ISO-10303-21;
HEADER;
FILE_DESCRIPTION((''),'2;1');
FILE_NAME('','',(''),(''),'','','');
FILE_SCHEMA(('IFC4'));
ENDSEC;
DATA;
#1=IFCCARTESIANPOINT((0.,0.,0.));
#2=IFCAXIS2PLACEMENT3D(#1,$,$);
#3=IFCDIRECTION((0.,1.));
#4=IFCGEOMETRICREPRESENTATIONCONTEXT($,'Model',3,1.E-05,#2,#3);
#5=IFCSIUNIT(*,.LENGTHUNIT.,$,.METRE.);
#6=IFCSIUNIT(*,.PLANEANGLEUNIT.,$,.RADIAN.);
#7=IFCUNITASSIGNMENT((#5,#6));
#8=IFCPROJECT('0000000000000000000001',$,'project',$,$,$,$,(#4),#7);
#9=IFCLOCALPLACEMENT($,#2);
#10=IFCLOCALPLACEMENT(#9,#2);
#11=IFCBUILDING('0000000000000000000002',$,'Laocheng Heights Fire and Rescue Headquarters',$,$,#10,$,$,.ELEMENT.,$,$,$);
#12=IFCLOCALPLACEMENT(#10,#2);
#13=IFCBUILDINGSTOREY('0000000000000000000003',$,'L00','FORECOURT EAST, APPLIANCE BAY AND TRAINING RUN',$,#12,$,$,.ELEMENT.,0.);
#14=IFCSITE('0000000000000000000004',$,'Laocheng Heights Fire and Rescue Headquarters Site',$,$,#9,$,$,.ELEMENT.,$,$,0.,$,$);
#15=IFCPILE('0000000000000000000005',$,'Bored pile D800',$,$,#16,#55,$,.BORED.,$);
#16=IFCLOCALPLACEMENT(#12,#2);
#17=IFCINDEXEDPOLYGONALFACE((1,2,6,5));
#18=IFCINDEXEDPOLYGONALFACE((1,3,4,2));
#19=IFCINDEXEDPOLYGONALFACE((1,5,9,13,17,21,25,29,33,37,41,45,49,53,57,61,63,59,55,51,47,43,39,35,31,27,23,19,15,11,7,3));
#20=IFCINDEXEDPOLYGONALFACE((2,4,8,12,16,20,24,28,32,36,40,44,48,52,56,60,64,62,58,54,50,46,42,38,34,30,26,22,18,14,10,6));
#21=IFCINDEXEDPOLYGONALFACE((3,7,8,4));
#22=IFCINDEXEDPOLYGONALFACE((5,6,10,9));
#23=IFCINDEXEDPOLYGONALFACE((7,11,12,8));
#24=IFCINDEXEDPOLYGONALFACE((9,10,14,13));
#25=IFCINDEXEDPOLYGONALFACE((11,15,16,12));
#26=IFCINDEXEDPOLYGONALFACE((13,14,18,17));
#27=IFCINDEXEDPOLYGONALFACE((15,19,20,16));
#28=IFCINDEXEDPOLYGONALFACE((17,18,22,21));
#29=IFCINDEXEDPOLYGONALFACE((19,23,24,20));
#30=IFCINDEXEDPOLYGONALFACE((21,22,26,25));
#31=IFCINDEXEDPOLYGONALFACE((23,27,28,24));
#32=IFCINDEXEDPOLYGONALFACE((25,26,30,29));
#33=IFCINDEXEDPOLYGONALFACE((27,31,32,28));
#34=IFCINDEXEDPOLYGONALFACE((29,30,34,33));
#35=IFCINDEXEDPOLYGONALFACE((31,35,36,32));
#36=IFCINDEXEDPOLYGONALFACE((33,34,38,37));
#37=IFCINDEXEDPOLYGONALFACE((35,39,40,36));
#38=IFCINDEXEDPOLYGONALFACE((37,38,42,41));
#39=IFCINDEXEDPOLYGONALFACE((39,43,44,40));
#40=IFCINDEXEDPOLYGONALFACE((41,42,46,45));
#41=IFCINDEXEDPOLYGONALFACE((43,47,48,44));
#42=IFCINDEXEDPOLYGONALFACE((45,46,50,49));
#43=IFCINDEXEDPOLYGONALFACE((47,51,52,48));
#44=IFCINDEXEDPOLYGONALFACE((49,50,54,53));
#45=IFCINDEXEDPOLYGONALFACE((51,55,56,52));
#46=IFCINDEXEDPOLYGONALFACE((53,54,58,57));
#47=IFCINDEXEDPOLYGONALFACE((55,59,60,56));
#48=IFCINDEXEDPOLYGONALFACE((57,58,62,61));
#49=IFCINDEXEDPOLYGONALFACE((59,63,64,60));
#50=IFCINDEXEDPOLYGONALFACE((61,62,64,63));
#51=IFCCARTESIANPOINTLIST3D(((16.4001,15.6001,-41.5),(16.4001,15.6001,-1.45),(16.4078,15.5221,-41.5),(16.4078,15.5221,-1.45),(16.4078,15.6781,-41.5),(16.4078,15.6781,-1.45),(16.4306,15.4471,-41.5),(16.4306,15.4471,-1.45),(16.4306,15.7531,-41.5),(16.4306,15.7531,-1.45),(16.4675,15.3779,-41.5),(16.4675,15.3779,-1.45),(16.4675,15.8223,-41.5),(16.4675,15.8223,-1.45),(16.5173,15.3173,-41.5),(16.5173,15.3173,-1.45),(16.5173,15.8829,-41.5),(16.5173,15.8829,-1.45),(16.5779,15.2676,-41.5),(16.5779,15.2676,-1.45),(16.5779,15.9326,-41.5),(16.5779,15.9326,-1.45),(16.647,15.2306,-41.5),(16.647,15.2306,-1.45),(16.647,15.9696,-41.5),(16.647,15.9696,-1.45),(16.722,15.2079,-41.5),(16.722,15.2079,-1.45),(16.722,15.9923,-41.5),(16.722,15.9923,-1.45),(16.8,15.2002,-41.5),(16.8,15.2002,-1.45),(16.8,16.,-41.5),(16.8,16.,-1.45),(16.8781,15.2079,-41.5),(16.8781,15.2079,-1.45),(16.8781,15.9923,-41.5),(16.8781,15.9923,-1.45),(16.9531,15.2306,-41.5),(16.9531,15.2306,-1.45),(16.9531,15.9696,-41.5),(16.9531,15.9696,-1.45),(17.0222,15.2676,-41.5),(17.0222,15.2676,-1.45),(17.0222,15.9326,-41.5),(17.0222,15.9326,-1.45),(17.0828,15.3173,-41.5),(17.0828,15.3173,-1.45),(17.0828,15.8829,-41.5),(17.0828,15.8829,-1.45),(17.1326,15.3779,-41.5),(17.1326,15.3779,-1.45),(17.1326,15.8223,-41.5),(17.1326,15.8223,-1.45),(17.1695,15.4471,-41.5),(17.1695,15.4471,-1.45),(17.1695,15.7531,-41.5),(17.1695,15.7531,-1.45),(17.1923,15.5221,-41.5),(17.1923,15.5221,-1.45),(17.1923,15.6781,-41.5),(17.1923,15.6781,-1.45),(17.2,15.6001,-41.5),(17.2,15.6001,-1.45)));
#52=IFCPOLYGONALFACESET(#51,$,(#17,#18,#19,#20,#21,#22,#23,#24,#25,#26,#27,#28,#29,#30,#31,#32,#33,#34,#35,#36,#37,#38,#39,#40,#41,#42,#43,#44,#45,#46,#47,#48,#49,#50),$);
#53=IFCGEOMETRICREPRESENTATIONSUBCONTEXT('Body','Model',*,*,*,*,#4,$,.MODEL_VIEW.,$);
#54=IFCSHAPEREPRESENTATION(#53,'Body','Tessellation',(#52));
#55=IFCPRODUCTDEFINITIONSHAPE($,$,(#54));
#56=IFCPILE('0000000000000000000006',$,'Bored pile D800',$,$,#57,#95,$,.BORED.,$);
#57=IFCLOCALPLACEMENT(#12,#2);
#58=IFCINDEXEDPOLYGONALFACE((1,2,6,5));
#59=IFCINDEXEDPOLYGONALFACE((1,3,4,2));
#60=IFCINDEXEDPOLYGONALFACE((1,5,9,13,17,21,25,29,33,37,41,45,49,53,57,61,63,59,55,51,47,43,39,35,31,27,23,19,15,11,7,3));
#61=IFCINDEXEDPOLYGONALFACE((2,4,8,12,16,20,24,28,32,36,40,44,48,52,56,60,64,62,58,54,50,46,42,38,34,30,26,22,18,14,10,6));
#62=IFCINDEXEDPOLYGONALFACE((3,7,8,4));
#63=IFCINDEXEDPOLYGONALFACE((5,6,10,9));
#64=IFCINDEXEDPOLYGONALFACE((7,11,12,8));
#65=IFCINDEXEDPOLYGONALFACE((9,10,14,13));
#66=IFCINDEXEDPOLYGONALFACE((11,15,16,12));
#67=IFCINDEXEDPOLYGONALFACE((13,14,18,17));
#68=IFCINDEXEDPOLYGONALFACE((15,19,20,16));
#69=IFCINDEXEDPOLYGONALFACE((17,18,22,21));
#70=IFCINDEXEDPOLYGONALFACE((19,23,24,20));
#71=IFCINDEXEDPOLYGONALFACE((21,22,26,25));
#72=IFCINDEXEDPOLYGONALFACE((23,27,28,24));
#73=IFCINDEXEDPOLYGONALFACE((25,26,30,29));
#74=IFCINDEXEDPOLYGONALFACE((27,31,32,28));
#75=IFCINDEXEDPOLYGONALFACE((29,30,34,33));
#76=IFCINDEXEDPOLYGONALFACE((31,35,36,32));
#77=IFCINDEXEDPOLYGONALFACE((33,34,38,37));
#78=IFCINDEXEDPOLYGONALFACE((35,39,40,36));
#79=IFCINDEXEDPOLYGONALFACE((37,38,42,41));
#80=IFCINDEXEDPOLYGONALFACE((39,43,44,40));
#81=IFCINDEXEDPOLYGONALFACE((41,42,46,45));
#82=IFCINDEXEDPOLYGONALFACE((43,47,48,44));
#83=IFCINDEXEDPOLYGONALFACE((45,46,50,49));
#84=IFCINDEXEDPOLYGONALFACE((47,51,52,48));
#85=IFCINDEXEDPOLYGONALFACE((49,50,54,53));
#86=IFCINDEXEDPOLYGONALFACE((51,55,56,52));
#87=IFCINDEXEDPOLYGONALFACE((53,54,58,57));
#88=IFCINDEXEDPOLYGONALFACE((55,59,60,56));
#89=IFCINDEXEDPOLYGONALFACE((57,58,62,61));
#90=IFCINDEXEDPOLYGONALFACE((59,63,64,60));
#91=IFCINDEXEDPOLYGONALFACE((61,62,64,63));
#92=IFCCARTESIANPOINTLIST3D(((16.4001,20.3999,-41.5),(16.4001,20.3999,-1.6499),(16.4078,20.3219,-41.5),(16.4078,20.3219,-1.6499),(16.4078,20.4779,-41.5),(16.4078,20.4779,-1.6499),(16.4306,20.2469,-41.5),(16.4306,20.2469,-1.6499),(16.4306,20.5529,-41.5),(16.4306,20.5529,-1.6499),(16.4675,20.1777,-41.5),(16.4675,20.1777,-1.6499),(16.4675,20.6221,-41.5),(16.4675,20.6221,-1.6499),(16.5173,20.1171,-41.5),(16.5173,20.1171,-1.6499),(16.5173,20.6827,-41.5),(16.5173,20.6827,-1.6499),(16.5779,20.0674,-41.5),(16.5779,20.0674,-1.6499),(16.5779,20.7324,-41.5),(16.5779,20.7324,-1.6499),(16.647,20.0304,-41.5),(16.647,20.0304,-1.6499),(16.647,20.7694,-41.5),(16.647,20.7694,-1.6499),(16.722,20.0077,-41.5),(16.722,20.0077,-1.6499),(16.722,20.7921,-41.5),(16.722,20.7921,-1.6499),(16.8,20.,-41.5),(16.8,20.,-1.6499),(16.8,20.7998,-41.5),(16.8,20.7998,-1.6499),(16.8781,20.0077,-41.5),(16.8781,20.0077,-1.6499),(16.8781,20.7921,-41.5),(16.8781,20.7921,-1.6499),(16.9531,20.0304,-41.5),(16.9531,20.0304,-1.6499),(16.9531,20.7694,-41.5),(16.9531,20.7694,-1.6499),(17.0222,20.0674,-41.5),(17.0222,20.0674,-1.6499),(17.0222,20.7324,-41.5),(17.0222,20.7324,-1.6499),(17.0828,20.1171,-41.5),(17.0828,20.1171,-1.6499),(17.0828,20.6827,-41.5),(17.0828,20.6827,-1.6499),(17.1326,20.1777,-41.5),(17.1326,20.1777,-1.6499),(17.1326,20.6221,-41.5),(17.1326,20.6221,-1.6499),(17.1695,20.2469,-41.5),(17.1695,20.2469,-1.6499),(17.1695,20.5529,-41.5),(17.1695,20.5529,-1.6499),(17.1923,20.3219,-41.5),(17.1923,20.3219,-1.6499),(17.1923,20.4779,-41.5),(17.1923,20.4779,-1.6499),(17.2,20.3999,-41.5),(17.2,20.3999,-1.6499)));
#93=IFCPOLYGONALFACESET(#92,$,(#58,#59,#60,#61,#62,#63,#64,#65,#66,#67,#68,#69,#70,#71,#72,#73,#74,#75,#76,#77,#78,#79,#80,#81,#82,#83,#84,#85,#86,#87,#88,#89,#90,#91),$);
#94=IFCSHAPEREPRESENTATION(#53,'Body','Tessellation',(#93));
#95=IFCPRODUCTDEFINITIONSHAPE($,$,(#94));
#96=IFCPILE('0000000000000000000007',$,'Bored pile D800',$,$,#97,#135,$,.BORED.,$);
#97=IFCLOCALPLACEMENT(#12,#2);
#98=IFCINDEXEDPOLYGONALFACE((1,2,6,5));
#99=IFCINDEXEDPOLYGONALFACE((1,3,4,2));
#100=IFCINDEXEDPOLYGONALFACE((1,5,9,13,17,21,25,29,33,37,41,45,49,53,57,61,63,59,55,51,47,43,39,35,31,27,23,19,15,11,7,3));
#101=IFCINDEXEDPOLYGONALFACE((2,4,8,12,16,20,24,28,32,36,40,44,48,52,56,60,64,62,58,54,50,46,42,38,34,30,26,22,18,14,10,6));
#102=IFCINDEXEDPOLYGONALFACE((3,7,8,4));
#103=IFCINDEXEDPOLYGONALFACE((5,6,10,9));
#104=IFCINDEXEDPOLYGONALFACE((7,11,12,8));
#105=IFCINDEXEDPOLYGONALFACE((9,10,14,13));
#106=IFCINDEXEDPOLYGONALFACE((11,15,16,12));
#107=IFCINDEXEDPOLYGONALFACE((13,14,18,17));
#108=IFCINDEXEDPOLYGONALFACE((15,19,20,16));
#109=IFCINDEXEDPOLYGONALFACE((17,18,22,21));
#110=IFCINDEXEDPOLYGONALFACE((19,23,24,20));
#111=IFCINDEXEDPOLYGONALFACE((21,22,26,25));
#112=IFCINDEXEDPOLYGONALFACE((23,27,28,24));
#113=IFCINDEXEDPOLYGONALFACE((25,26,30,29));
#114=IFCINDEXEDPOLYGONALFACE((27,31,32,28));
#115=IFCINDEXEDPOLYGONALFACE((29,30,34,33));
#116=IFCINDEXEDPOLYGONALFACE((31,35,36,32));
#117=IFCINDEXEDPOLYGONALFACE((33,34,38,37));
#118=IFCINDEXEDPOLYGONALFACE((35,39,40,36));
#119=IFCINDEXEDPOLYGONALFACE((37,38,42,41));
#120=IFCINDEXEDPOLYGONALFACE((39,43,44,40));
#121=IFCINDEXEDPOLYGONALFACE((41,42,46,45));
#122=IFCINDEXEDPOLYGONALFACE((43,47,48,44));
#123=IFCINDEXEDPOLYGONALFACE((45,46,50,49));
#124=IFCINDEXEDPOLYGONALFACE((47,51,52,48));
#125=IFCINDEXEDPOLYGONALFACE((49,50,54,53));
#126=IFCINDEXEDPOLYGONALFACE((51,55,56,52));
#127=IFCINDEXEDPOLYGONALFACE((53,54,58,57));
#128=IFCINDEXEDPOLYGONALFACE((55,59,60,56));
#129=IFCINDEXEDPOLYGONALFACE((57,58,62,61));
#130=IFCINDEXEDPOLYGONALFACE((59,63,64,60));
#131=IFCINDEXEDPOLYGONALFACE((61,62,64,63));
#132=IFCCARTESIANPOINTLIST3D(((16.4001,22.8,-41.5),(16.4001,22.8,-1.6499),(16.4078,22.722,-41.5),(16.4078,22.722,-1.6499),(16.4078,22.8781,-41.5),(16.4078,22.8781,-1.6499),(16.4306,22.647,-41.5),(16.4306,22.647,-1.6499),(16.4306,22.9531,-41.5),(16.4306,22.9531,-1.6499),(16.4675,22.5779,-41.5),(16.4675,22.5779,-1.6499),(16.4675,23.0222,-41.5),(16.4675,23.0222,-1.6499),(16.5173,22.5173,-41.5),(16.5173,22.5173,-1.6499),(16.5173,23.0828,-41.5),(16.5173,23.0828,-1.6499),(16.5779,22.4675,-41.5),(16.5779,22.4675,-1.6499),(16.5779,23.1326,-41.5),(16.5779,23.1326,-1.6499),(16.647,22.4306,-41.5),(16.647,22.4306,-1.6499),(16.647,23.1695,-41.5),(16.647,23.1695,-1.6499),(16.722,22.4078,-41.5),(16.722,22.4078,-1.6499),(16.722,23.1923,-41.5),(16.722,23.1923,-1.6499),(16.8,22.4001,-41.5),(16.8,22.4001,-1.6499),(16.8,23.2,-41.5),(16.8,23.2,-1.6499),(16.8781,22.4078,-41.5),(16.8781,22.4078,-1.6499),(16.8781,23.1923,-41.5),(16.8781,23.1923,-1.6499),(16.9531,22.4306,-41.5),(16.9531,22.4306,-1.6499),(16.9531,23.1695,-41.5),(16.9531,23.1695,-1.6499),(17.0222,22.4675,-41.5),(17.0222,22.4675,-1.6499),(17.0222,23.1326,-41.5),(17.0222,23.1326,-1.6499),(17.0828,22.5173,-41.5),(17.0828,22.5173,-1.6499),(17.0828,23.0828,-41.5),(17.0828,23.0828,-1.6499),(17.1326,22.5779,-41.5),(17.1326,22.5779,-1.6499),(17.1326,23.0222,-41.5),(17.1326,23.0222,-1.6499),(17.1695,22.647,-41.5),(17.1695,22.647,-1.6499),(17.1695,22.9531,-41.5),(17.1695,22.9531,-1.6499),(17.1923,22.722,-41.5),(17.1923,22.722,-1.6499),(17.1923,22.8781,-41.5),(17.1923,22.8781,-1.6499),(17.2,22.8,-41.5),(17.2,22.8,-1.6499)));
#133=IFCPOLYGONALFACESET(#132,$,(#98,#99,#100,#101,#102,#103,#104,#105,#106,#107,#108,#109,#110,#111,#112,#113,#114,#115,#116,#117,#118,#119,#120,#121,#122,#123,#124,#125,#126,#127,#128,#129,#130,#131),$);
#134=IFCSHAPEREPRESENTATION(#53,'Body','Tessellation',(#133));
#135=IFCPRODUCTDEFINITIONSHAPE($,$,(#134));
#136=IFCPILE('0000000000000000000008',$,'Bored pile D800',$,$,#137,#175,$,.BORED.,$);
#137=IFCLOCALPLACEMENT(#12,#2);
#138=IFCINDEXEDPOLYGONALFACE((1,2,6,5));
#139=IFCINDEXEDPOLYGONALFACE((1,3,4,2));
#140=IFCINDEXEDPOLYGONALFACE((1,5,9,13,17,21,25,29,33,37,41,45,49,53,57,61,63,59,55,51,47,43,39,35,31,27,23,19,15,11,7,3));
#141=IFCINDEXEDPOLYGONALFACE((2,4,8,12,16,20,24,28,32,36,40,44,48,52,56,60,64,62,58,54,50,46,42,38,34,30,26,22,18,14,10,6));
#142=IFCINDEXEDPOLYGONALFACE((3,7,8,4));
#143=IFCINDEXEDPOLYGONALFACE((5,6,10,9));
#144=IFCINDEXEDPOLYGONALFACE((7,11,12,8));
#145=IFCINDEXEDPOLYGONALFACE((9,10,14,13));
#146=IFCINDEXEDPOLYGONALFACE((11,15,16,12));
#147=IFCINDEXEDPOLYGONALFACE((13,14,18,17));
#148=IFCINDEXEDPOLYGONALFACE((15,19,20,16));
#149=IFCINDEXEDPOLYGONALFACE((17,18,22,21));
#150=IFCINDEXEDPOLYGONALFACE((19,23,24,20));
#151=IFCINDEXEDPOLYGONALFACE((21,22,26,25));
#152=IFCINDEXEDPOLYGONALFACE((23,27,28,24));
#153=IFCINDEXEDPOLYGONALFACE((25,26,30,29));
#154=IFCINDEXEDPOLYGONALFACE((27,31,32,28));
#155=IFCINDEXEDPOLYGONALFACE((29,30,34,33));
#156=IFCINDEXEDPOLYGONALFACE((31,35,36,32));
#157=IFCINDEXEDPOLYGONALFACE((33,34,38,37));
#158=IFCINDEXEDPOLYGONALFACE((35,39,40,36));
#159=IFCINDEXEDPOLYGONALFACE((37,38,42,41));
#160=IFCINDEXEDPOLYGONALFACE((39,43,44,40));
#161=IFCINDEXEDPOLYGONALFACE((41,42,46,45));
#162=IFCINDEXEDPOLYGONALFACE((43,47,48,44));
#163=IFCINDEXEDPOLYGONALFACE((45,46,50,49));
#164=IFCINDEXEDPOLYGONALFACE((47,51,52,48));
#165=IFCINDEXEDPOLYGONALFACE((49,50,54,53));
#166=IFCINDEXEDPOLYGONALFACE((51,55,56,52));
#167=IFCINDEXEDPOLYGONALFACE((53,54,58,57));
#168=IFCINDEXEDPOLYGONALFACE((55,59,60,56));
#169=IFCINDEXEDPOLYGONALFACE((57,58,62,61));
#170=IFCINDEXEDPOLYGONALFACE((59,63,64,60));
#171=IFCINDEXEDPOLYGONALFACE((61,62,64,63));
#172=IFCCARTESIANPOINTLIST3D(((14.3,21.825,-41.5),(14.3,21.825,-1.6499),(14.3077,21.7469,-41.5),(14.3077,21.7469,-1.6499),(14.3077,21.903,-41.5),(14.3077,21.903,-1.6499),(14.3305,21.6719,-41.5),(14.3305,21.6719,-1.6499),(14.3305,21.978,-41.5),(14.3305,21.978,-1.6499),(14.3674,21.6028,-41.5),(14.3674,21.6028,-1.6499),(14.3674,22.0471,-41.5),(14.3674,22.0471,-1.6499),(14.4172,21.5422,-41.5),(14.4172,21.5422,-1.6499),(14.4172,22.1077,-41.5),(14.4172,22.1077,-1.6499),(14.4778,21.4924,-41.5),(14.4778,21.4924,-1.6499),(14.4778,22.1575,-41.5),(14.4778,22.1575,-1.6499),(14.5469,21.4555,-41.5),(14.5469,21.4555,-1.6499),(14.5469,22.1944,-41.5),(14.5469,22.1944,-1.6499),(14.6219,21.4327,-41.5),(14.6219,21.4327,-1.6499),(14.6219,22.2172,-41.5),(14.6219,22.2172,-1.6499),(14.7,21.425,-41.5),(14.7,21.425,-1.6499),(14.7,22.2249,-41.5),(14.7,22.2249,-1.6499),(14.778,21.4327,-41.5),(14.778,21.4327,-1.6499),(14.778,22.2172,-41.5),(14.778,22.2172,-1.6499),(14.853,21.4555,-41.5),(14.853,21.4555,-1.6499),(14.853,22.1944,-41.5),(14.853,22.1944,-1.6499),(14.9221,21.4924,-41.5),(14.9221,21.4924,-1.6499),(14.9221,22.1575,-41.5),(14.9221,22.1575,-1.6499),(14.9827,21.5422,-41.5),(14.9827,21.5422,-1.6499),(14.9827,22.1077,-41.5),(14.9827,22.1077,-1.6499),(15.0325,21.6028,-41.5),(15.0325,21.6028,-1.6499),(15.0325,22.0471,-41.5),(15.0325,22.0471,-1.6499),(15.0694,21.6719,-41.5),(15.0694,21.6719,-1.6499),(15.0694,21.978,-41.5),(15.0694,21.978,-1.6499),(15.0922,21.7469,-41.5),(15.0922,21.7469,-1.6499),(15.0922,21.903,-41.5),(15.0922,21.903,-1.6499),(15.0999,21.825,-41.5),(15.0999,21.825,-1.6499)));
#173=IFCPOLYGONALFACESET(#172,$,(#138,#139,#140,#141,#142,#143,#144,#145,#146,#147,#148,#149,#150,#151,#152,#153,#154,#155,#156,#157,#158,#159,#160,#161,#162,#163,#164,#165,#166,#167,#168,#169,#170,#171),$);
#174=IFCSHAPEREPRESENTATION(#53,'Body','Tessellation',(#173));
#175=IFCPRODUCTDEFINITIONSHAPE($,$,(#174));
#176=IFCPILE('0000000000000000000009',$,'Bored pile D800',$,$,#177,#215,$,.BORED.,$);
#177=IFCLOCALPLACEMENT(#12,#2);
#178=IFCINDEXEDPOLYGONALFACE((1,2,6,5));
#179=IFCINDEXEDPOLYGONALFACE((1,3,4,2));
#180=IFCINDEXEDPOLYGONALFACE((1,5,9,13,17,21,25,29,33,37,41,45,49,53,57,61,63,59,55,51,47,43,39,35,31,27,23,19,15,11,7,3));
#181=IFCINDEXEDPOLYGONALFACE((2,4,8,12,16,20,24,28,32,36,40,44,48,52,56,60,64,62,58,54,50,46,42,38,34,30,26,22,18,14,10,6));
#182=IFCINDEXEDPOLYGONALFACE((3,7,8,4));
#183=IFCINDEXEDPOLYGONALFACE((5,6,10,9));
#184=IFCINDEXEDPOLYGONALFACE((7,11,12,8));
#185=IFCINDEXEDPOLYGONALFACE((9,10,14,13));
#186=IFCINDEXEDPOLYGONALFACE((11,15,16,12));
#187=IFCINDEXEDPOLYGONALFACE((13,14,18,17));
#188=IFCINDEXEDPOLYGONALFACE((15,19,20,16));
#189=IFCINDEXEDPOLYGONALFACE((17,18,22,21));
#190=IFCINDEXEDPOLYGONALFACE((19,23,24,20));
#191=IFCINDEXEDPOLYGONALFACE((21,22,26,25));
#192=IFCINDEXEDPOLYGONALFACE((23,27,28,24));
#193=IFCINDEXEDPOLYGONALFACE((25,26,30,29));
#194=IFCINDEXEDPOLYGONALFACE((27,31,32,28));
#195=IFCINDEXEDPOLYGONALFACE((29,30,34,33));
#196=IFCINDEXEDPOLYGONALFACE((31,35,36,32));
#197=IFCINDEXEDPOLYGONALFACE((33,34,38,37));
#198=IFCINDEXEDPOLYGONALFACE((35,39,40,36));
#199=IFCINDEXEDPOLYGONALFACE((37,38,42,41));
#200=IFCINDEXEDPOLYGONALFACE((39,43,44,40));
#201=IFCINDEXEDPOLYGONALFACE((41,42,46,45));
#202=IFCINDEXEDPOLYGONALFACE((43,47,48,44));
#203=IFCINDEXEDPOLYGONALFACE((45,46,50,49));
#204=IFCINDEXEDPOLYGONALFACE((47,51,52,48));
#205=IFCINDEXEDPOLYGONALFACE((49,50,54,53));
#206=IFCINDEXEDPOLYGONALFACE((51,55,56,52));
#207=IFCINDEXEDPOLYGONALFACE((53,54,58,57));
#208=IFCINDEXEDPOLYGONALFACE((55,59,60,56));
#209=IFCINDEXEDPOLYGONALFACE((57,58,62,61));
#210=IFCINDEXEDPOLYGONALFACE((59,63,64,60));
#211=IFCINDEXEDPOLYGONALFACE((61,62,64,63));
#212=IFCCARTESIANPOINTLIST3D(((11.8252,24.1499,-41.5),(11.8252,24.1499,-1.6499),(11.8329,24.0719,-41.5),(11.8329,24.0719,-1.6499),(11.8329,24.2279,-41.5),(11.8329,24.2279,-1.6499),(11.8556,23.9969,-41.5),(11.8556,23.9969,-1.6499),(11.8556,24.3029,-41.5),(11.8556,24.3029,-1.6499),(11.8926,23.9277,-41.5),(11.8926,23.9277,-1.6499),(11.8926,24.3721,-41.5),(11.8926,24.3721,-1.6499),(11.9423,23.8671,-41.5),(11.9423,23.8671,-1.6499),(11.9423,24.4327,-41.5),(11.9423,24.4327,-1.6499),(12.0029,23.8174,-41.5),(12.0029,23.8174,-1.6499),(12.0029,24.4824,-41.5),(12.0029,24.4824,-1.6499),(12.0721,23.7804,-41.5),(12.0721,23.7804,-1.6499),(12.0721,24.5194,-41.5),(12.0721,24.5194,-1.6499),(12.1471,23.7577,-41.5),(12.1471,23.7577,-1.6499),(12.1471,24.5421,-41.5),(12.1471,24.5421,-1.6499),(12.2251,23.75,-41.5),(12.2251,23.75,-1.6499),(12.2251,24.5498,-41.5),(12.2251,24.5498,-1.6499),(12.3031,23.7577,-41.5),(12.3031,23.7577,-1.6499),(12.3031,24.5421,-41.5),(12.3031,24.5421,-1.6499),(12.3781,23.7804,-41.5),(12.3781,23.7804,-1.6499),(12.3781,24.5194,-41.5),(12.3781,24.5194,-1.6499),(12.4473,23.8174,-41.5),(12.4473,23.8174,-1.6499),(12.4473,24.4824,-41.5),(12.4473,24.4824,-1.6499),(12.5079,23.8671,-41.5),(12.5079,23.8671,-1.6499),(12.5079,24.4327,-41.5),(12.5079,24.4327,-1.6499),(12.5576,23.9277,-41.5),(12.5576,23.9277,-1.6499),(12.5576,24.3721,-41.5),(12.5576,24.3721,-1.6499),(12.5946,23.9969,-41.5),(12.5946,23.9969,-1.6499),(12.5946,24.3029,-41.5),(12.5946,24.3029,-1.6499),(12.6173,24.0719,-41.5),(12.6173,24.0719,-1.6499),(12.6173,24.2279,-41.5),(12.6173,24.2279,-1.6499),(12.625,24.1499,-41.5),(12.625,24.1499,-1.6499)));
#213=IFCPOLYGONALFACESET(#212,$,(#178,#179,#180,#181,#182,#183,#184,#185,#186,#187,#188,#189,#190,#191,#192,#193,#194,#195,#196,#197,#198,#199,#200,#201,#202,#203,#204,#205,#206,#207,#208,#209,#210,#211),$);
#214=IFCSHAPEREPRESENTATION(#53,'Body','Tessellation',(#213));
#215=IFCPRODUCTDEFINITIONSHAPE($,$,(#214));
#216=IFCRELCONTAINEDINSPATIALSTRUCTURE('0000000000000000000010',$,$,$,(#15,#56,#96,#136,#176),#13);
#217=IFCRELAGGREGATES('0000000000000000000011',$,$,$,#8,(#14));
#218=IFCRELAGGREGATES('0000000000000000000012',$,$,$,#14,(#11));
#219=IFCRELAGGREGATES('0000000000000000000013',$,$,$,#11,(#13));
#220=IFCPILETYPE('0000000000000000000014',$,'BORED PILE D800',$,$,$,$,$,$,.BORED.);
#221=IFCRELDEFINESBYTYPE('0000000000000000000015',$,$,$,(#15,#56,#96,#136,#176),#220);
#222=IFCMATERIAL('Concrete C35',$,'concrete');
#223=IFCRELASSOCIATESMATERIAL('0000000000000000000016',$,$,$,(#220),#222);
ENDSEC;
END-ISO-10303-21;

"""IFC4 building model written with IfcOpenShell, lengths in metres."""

from ifc_helpers import new_model, si_unit, direction, frame, origin, origin_2d, place, context, subcontext, project, spatial, circle, extrude, material, material_profile, profile_set, type_object, element, save


model = new_model("IFC4")

# Units and contexts
model_context = context("Model", 3, precision=1e-05, world=origin(), true_north=direction((0.0, 1.0)))
body_context = subcontext(model_context, "Body", "Model", "MODEL_VIEW")
ifc_project = project(units=[si_unit("LENGTHUNIT", "METRE"), si_unit("PLANEANGLEUNIT", "RADIAN")], contexts=[model_context])

# Site, building, storey
site_placement = place(None, origin())
site = spatial("IfcSite", under=ifc_project, at=site_placement, Name="Laocheng Heights Fire and Rescue Headquarters Site", CompositionType="ELEMENT", RefElevation=0.0)
building_placement = place(site_placement, origin())
building = spatial("IfcBuilding", under=site, at=building_placement, Name="Laocheng Heights Fire and Rescue Headquarters", CompositionType="ELEMENT")
storey_placement = place(building_placement, origin())
storey = spatial("IfcBuildingStorey", under=building, at=storey_placement, Name="L00", Description="FORECOURT EAST, APPLIANCE BAY AND TRAINING RUN", CompositionType="ELEMENT", Elevation=0.0)

# Piles
ifc_material_1 = material(Name="Concrete C35", Category="concrete")
ifc_material_profile_1 = material_profile(ifc_material_1, circle(Radius=0.3999, at=origin_2d()), Name="BORED PILE D800")
ifc_profile_set_1 = profile_set([ifc_material_profile_1], Name="Concrete C35")
pile_type = type_object("IfcPileType", Name="BORED PILE D800", PredefinedType="BORED", material=ifc_profile_set_1)
pile_1_placement = place(storey_placement, frame((16.8, 15.6001, -1.45), z_axis=(0.0, 0.0, -1.0), x_axis=(1.0, 0.0, 0.0)))
element("IfcPile", 1, at=pile_1_placement, inside=storey, type_object=pile_type, Name="Bored pile D800", PredefinedType="BORED", context=body_context, shape_type="SweptSolid", body=[
    extrude(circle(Radius=0.3999, at=origin_2d()), origin(), (0.0, 0.0, 1.0), 40.05),
])
for number, where, z_axis, x_axis, name in (
    (2, (16.8, 20.3999, -1.6499), (0.0, 0.0, -1.0), (1.0, 0.0, 0.0), "Bored pile D800"),
    (3, (16.8, 22.8, -1.6499), (0.0, 0.0, -1.0), (1.0, 0.0, 0.0), "Bored pile D800"),
    (4, (14.7, 21.825, -1.6499), (0.0, 0.0, -1.0), (1.0, 0.0, 0.0), "Bored pile D800"),
    (5, (12.2251, 24.1499, -1.6499), (0.0, 0.0, -1.0), (1.0, 0.0, 0.0), "Bored pile D800"),
):
    element("IfcPile", number, at=place(storey_placement, frame(where, z_axis=z_axis, x_axis=x_axis)), inside=storey, type_object=pile_type, Name=name, PredefinedType="BORED", context=body_context, shape_type="SweptSolid", body=[
        extrude(circle(Radius=0.3999, at=origin_2d()), origin(), (0.0, 0.0, 1.0), 39.8501),
    ])

save(model, "model.ifc")
